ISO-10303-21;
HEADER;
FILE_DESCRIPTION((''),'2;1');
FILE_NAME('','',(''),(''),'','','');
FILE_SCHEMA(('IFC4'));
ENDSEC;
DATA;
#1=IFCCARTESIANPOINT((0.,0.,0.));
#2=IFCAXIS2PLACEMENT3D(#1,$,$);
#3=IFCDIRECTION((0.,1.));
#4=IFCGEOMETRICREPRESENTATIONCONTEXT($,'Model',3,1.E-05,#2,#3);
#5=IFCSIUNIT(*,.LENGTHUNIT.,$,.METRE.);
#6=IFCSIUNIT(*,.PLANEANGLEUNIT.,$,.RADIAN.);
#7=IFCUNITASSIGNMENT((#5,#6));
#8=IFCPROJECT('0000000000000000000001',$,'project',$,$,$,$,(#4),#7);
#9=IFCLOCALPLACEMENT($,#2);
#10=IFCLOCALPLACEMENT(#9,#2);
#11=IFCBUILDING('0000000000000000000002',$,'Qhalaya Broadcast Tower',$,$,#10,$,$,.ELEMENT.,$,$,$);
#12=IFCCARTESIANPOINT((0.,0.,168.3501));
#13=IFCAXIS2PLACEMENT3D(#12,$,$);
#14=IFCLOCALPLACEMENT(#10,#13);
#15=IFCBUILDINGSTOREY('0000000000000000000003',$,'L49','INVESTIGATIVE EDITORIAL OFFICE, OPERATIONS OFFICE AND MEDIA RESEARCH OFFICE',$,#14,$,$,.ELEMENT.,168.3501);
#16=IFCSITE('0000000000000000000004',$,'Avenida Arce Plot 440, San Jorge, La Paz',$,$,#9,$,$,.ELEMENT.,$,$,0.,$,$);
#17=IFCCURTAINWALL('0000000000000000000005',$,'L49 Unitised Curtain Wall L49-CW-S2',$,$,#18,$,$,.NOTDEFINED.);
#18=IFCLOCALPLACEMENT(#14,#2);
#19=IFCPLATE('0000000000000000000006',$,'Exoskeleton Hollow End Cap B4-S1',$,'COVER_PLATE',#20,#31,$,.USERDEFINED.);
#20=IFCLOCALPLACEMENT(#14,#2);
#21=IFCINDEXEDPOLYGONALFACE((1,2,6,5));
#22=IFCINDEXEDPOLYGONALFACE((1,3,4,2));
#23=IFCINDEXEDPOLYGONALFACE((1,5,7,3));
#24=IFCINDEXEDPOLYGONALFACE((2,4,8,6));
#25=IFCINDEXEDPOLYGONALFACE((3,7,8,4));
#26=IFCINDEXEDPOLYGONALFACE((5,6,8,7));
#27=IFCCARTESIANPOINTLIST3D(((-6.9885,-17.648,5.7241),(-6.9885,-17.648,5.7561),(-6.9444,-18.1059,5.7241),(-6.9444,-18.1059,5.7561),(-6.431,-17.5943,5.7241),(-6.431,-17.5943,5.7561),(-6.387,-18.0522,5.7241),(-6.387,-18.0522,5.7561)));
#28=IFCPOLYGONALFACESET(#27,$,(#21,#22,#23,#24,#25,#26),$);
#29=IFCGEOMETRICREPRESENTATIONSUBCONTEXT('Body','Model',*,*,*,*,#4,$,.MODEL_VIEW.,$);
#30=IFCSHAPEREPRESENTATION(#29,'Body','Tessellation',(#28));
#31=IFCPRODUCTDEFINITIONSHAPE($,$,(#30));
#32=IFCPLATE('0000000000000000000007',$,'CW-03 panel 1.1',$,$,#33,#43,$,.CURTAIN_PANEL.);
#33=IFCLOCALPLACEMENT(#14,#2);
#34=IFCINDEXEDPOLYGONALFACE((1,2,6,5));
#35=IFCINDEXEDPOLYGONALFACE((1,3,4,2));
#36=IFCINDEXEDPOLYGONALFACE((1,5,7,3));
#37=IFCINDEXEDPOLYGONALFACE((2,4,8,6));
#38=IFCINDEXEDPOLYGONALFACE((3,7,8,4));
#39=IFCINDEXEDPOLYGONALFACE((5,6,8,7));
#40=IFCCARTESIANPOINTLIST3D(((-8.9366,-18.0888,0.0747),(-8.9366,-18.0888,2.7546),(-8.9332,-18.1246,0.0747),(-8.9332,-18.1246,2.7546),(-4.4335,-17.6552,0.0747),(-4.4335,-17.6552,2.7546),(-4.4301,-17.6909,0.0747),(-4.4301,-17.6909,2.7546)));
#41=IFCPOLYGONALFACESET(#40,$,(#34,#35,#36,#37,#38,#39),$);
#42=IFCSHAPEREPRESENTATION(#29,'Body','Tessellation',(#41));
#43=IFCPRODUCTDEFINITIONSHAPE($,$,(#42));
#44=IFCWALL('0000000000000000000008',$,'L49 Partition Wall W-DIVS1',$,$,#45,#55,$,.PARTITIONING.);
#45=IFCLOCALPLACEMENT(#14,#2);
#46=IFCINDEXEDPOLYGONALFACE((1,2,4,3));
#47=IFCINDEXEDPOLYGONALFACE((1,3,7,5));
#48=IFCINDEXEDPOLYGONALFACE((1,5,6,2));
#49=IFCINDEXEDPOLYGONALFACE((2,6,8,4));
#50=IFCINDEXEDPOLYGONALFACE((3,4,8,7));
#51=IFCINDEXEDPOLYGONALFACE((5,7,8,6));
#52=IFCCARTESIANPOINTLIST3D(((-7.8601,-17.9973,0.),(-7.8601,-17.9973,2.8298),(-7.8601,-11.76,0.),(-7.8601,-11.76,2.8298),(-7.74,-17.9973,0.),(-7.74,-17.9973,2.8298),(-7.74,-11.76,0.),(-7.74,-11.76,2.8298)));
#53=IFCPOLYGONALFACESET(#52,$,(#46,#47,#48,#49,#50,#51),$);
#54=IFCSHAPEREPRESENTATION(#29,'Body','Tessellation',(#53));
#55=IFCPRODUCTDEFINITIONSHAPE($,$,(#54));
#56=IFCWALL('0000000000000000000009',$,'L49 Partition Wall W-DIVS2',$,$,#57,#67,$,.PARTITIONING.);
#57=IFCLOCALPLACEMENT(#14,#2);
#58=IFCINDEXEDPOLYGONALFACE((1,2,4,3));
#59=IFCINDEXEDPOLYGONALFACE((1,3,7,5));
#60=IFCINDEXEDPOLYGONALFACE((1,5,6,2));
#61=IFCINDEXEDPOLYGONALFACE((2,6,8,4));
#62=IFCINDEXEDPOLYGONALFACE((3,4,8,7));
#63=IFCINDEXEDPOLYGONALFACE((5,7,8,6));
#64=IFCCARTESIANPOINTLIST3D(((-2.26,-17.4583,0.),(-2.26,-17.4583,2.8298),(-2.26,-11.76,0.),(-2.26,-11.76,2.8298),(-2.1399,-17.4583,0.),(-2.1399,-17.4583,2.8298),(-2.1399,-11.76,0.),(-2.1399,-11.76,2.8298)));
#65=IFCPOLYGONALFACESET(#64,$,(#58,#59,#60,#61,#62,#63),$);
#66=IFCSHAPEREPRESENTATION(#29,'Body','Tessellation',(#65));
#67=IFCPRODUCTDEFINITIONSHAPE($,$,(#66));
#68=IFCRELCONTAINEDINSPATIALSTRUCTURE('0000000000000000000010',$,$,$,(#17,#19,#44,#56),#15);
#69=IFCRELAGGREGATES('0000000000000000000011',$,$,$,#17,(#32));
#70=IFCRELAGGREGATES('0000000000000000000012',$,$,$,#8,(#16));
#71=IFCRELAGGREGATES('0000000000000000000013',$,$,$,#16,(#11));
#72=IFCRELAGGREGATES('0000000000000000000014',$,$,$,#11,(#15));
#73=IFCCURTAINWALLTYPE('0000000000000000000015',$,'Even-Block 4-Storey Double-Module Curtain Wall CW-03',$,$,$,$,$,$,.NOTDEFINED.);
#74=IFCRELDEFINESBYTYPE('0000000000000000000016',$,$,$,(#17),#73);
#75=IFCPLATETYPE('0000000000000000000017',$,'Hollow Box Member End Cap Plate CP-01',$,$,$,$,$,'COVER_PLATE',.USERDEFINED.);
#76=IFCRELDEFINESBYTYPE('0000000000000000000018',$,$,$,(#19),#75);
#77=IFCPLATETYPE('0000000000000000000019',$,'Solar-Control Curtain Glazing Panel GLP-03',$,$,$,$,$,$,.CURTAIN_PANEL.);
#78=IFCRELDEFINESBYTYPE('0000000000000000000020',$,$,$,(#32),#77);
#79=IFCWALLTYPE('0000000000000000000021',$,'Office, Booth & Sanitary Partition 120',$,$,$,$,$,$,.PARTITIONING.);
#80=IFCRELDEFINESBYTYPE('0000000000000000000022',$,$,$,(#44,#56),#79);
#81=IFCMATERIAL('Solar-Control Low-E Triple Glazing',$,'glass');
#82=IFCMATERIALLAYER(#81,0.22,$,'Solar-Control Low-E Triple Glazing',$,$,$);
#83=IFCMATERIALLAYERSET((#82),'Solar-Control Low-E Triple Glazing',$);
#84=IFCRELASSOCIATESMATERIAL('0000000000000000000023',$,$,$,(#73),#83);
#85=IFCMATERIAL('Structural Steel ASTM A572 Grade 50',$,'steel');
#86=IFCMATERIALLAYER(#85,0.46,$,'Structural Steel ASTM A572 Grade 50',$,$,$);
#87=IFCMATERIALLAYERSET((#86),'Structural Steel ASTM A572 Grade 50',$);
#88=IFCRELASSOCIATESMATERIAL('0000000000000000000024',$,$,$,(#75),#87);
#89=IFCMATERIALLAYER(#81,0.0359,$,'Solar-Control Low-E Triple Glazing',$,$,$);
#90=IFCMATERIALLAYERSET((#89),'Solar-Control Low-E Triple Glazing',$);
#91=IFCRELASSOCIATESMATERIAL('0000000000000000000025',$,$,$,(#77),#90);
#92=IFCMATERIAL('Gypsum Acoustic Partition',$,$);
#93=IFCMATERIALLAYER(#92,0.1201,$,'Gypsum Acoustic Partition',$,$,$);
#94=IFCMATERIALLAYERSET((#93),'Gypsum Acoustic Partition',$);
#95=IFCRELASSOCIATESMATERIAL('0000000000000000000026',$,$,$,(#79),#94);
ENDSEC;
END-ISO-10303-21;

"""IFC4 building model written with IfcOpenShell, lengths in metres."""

from ifc_helpers import new_model, si_unit, direction, frame, frame_2d, origin, origin_2d, place, context, subcontext, project, spatial, rectangle, extrude, material, layer, layer_set, type_object, element, aggregate, save


model = new_model("IFC4")

# Units and contexts
model_context = context("Model", 3, precision=1e-05, world=origin(), true_north=direction((0.0, 1.0)))
body_context = subcontext(model_context, "Body", "Model", "MODEL_VIEW")
ifc_project = project(units=[si_unit("LENGTHUNIT", "METRE"), si_unit("PLANEANGLEUNIT", "RADIAN")], contexts=[model_context])

# Site, building, storey
site_placement = place(None, origin())
site = spatial("IfcSite", under=ifc_project, at=site_placement, Name="Avenida Arce Plot 440, San Jorge, La Paz", CompositionType="ELEMENT", RefElevation=0.0)
building_placement = place(site_placement, origin())
building = spatial("IfcBuilding", under=site, at=building_placement, Name="Qhalaya Broadcast Tower", CompositionType="ELEMENT")
storey_placement = place(building_placement, frame((0.0, 0.0, 168.3501)))
storey = spatial("IfcBuildingStorey", under=building, at=storey_placement, Name="L49", Description="INVESTIGATIVE EDITORIAL OFFICE, OPERATIONS OFFICE AND MEDIA RESEARCH OFFICE", CompositionType="ELEMENT", Elevation=168.3501)

# Shared definitions
ifc_material_1 = material(Name="Structural Steel ASTM A572 Grade 50", Category="steel")

# Curtain wall
ifc_material_2 = material(Name="Solar-Control Low-E Triple Glazing", Category="glass")
ifc_layer_1 = layer(ifc_material_2, 0.22, Name="Solar-Control Low-E Triple Glazing")
ifc_layer_set_1 = layer_set([ifc_layer_1], Name="Solar-Control Low-E Triple Glazing")
curtain_wall_type_1 = type_object("IfcCurtainWallType", Name="Even-Block 4-Storey Double-Module Curtain Wall CW-03", PredefinedType="NOTDEFINED", material=ifc_layer_set_1)
curtain_wall_1_placement = place(storey_placement, origin())
curtain_wall_1 = element("IfcCurtainWall", 1, at=curtain_wall_1_placement, inside=storey, type_object=curtain_wall_type_1, Name="L49 Unitised Curtain Wall L49-CW-S2", PredefinedType="NOTDEFINED")

# Plate
ifc_layer_2 = layer(ifc_material_1, 0.46, Name="Structural Steel ASTM A572 Grade 50")
ifc_layer_set_2 = layer_set([ifc_layer_2], Name="Structural Steel ASTM A572 Grade 50")
plate_type_1 = type_object("IfcPlateType", Name="Hollow Box Member End Cap Plate CP-01", ElementType="COVER_PLATE", PredefinedType="USERDEFINED", material=ifc_layer_set_2)
plate_1_placement = place(storey_placement, frame((-6.6877, -17.8501, 5.7241), z_axis=(0.0, 0.0, 1.0), x_axis=(0.995396, 0.095846, 0.0)))
element("IfcPlate", 2, at=plate_1_placement, inside=storey, type_object=plate_type_1, Name="Exoskeleton Hollow End Cap B4-S1", ObjectType="COVER_PLATE", PredefinedType="USERDEFINED", context=body_context, shape_type="SweptSolid", body=[
    extrude(rectangle(XDim=0.5601, YDim=0.46, at=origin_2d()), origin(), (0.0, 0.0, 1.0), 0.032),
])

# Plate
ifc_layer_3 = layer(ifc_material_2, 0.0359, Name="Solar-Control Low-E Triple Glazing")
ifc_layer_set_3 = layer_set([ifc_layer_3], Name="Solar-Control Low-E Triple Glazing")
plate_type_2 = type_object("IfcPlateType", Name="Solar-Control Curtain Glazing Panel GLP-03", PredefinedType="CURTAIN_PANEL", material=ifc_layer_set_3)
plate_2_placement = place(storey_placement, frame((-6.6833, -17.8899, 0.0747), z_axis=(0.0, 0.0, 1.0), x_axis=(0.995396, 0.095849, 0.0)))
plate_2 = element("IfcPlate", 3, at=plate_2_placement, type_object=plate_type_2, Name="CW-03 panel 1.1", PredefinedType="CURTAIN_PANEL", context=body_context, shape_type="SweptSolid", body=[
    extrude(rectangle(XDim=4.5239, YDim=0.0359, at=origin_2d()), origin(), (0.0, 0.0, 1.0), 2.6799),
])
aggregate(curtain_wall_1, [plate_2])

# Walls
ifc_material_3 = material(Name="Gypsum Acoustic Partition")
ifc_layer_4 = layer(ifc_material_3, 0.1201, Name="Gypsum Acoustic Partition")
ifc_layer_set_4 = layer_set([ifc_layer_4], Name="Gypsum Acoustic Partition")
wall_type = type_object("IfcWallType", Name="Office, Booth & Sanitary Partition 120", PredefinedType="PARTITIONING", material=ifc_layer_set_4)
wall_1_placement = place(storey_placement, frame((-7.8, -17.9973, 0.0), z_axis=(0.0, 0.0, 1.0), x_axis=(0.0, 1.0, 0.0)))
element("IfcWall", 4, at=wall_1_placement, inside=storey, type_object=wall_type, Name="L49 Partition Wall W-DIVS1", PredefinedType="PARTITIONING", context=body_context, shape_type="SweptSolid", body=[
    extrude(rectangle(XDim=6.2373, YDim=0.1201, at=frame_2d((3.1187, 0.0))), origin(), (0.0, 0.0, 1.0), 2.8298),
])
wall_2_placement = place(storey_placement, frame((-2.2, -17.4583, 0.0), z_axis=(0.0, 0.0, 1.0), x_axis=(0.0, 1.0, 0.0)))
element("IfcWall", 5, at=wall_2_placement, inside=storey, type_object=wall_type, Name="L49 Partition Wall W-DIVS2", PredefinedType="PARTITIONING", context=body_context, shape_type="SweptSolid", body=[
    extrude(rectangle(XDim=5.6982, YDim=0.1201, at=frame_2d((2.8491, 0.0))), origin(), (0.0, 0.0, 1.0), 2.8298),
])

save(model, "model.ifc")
